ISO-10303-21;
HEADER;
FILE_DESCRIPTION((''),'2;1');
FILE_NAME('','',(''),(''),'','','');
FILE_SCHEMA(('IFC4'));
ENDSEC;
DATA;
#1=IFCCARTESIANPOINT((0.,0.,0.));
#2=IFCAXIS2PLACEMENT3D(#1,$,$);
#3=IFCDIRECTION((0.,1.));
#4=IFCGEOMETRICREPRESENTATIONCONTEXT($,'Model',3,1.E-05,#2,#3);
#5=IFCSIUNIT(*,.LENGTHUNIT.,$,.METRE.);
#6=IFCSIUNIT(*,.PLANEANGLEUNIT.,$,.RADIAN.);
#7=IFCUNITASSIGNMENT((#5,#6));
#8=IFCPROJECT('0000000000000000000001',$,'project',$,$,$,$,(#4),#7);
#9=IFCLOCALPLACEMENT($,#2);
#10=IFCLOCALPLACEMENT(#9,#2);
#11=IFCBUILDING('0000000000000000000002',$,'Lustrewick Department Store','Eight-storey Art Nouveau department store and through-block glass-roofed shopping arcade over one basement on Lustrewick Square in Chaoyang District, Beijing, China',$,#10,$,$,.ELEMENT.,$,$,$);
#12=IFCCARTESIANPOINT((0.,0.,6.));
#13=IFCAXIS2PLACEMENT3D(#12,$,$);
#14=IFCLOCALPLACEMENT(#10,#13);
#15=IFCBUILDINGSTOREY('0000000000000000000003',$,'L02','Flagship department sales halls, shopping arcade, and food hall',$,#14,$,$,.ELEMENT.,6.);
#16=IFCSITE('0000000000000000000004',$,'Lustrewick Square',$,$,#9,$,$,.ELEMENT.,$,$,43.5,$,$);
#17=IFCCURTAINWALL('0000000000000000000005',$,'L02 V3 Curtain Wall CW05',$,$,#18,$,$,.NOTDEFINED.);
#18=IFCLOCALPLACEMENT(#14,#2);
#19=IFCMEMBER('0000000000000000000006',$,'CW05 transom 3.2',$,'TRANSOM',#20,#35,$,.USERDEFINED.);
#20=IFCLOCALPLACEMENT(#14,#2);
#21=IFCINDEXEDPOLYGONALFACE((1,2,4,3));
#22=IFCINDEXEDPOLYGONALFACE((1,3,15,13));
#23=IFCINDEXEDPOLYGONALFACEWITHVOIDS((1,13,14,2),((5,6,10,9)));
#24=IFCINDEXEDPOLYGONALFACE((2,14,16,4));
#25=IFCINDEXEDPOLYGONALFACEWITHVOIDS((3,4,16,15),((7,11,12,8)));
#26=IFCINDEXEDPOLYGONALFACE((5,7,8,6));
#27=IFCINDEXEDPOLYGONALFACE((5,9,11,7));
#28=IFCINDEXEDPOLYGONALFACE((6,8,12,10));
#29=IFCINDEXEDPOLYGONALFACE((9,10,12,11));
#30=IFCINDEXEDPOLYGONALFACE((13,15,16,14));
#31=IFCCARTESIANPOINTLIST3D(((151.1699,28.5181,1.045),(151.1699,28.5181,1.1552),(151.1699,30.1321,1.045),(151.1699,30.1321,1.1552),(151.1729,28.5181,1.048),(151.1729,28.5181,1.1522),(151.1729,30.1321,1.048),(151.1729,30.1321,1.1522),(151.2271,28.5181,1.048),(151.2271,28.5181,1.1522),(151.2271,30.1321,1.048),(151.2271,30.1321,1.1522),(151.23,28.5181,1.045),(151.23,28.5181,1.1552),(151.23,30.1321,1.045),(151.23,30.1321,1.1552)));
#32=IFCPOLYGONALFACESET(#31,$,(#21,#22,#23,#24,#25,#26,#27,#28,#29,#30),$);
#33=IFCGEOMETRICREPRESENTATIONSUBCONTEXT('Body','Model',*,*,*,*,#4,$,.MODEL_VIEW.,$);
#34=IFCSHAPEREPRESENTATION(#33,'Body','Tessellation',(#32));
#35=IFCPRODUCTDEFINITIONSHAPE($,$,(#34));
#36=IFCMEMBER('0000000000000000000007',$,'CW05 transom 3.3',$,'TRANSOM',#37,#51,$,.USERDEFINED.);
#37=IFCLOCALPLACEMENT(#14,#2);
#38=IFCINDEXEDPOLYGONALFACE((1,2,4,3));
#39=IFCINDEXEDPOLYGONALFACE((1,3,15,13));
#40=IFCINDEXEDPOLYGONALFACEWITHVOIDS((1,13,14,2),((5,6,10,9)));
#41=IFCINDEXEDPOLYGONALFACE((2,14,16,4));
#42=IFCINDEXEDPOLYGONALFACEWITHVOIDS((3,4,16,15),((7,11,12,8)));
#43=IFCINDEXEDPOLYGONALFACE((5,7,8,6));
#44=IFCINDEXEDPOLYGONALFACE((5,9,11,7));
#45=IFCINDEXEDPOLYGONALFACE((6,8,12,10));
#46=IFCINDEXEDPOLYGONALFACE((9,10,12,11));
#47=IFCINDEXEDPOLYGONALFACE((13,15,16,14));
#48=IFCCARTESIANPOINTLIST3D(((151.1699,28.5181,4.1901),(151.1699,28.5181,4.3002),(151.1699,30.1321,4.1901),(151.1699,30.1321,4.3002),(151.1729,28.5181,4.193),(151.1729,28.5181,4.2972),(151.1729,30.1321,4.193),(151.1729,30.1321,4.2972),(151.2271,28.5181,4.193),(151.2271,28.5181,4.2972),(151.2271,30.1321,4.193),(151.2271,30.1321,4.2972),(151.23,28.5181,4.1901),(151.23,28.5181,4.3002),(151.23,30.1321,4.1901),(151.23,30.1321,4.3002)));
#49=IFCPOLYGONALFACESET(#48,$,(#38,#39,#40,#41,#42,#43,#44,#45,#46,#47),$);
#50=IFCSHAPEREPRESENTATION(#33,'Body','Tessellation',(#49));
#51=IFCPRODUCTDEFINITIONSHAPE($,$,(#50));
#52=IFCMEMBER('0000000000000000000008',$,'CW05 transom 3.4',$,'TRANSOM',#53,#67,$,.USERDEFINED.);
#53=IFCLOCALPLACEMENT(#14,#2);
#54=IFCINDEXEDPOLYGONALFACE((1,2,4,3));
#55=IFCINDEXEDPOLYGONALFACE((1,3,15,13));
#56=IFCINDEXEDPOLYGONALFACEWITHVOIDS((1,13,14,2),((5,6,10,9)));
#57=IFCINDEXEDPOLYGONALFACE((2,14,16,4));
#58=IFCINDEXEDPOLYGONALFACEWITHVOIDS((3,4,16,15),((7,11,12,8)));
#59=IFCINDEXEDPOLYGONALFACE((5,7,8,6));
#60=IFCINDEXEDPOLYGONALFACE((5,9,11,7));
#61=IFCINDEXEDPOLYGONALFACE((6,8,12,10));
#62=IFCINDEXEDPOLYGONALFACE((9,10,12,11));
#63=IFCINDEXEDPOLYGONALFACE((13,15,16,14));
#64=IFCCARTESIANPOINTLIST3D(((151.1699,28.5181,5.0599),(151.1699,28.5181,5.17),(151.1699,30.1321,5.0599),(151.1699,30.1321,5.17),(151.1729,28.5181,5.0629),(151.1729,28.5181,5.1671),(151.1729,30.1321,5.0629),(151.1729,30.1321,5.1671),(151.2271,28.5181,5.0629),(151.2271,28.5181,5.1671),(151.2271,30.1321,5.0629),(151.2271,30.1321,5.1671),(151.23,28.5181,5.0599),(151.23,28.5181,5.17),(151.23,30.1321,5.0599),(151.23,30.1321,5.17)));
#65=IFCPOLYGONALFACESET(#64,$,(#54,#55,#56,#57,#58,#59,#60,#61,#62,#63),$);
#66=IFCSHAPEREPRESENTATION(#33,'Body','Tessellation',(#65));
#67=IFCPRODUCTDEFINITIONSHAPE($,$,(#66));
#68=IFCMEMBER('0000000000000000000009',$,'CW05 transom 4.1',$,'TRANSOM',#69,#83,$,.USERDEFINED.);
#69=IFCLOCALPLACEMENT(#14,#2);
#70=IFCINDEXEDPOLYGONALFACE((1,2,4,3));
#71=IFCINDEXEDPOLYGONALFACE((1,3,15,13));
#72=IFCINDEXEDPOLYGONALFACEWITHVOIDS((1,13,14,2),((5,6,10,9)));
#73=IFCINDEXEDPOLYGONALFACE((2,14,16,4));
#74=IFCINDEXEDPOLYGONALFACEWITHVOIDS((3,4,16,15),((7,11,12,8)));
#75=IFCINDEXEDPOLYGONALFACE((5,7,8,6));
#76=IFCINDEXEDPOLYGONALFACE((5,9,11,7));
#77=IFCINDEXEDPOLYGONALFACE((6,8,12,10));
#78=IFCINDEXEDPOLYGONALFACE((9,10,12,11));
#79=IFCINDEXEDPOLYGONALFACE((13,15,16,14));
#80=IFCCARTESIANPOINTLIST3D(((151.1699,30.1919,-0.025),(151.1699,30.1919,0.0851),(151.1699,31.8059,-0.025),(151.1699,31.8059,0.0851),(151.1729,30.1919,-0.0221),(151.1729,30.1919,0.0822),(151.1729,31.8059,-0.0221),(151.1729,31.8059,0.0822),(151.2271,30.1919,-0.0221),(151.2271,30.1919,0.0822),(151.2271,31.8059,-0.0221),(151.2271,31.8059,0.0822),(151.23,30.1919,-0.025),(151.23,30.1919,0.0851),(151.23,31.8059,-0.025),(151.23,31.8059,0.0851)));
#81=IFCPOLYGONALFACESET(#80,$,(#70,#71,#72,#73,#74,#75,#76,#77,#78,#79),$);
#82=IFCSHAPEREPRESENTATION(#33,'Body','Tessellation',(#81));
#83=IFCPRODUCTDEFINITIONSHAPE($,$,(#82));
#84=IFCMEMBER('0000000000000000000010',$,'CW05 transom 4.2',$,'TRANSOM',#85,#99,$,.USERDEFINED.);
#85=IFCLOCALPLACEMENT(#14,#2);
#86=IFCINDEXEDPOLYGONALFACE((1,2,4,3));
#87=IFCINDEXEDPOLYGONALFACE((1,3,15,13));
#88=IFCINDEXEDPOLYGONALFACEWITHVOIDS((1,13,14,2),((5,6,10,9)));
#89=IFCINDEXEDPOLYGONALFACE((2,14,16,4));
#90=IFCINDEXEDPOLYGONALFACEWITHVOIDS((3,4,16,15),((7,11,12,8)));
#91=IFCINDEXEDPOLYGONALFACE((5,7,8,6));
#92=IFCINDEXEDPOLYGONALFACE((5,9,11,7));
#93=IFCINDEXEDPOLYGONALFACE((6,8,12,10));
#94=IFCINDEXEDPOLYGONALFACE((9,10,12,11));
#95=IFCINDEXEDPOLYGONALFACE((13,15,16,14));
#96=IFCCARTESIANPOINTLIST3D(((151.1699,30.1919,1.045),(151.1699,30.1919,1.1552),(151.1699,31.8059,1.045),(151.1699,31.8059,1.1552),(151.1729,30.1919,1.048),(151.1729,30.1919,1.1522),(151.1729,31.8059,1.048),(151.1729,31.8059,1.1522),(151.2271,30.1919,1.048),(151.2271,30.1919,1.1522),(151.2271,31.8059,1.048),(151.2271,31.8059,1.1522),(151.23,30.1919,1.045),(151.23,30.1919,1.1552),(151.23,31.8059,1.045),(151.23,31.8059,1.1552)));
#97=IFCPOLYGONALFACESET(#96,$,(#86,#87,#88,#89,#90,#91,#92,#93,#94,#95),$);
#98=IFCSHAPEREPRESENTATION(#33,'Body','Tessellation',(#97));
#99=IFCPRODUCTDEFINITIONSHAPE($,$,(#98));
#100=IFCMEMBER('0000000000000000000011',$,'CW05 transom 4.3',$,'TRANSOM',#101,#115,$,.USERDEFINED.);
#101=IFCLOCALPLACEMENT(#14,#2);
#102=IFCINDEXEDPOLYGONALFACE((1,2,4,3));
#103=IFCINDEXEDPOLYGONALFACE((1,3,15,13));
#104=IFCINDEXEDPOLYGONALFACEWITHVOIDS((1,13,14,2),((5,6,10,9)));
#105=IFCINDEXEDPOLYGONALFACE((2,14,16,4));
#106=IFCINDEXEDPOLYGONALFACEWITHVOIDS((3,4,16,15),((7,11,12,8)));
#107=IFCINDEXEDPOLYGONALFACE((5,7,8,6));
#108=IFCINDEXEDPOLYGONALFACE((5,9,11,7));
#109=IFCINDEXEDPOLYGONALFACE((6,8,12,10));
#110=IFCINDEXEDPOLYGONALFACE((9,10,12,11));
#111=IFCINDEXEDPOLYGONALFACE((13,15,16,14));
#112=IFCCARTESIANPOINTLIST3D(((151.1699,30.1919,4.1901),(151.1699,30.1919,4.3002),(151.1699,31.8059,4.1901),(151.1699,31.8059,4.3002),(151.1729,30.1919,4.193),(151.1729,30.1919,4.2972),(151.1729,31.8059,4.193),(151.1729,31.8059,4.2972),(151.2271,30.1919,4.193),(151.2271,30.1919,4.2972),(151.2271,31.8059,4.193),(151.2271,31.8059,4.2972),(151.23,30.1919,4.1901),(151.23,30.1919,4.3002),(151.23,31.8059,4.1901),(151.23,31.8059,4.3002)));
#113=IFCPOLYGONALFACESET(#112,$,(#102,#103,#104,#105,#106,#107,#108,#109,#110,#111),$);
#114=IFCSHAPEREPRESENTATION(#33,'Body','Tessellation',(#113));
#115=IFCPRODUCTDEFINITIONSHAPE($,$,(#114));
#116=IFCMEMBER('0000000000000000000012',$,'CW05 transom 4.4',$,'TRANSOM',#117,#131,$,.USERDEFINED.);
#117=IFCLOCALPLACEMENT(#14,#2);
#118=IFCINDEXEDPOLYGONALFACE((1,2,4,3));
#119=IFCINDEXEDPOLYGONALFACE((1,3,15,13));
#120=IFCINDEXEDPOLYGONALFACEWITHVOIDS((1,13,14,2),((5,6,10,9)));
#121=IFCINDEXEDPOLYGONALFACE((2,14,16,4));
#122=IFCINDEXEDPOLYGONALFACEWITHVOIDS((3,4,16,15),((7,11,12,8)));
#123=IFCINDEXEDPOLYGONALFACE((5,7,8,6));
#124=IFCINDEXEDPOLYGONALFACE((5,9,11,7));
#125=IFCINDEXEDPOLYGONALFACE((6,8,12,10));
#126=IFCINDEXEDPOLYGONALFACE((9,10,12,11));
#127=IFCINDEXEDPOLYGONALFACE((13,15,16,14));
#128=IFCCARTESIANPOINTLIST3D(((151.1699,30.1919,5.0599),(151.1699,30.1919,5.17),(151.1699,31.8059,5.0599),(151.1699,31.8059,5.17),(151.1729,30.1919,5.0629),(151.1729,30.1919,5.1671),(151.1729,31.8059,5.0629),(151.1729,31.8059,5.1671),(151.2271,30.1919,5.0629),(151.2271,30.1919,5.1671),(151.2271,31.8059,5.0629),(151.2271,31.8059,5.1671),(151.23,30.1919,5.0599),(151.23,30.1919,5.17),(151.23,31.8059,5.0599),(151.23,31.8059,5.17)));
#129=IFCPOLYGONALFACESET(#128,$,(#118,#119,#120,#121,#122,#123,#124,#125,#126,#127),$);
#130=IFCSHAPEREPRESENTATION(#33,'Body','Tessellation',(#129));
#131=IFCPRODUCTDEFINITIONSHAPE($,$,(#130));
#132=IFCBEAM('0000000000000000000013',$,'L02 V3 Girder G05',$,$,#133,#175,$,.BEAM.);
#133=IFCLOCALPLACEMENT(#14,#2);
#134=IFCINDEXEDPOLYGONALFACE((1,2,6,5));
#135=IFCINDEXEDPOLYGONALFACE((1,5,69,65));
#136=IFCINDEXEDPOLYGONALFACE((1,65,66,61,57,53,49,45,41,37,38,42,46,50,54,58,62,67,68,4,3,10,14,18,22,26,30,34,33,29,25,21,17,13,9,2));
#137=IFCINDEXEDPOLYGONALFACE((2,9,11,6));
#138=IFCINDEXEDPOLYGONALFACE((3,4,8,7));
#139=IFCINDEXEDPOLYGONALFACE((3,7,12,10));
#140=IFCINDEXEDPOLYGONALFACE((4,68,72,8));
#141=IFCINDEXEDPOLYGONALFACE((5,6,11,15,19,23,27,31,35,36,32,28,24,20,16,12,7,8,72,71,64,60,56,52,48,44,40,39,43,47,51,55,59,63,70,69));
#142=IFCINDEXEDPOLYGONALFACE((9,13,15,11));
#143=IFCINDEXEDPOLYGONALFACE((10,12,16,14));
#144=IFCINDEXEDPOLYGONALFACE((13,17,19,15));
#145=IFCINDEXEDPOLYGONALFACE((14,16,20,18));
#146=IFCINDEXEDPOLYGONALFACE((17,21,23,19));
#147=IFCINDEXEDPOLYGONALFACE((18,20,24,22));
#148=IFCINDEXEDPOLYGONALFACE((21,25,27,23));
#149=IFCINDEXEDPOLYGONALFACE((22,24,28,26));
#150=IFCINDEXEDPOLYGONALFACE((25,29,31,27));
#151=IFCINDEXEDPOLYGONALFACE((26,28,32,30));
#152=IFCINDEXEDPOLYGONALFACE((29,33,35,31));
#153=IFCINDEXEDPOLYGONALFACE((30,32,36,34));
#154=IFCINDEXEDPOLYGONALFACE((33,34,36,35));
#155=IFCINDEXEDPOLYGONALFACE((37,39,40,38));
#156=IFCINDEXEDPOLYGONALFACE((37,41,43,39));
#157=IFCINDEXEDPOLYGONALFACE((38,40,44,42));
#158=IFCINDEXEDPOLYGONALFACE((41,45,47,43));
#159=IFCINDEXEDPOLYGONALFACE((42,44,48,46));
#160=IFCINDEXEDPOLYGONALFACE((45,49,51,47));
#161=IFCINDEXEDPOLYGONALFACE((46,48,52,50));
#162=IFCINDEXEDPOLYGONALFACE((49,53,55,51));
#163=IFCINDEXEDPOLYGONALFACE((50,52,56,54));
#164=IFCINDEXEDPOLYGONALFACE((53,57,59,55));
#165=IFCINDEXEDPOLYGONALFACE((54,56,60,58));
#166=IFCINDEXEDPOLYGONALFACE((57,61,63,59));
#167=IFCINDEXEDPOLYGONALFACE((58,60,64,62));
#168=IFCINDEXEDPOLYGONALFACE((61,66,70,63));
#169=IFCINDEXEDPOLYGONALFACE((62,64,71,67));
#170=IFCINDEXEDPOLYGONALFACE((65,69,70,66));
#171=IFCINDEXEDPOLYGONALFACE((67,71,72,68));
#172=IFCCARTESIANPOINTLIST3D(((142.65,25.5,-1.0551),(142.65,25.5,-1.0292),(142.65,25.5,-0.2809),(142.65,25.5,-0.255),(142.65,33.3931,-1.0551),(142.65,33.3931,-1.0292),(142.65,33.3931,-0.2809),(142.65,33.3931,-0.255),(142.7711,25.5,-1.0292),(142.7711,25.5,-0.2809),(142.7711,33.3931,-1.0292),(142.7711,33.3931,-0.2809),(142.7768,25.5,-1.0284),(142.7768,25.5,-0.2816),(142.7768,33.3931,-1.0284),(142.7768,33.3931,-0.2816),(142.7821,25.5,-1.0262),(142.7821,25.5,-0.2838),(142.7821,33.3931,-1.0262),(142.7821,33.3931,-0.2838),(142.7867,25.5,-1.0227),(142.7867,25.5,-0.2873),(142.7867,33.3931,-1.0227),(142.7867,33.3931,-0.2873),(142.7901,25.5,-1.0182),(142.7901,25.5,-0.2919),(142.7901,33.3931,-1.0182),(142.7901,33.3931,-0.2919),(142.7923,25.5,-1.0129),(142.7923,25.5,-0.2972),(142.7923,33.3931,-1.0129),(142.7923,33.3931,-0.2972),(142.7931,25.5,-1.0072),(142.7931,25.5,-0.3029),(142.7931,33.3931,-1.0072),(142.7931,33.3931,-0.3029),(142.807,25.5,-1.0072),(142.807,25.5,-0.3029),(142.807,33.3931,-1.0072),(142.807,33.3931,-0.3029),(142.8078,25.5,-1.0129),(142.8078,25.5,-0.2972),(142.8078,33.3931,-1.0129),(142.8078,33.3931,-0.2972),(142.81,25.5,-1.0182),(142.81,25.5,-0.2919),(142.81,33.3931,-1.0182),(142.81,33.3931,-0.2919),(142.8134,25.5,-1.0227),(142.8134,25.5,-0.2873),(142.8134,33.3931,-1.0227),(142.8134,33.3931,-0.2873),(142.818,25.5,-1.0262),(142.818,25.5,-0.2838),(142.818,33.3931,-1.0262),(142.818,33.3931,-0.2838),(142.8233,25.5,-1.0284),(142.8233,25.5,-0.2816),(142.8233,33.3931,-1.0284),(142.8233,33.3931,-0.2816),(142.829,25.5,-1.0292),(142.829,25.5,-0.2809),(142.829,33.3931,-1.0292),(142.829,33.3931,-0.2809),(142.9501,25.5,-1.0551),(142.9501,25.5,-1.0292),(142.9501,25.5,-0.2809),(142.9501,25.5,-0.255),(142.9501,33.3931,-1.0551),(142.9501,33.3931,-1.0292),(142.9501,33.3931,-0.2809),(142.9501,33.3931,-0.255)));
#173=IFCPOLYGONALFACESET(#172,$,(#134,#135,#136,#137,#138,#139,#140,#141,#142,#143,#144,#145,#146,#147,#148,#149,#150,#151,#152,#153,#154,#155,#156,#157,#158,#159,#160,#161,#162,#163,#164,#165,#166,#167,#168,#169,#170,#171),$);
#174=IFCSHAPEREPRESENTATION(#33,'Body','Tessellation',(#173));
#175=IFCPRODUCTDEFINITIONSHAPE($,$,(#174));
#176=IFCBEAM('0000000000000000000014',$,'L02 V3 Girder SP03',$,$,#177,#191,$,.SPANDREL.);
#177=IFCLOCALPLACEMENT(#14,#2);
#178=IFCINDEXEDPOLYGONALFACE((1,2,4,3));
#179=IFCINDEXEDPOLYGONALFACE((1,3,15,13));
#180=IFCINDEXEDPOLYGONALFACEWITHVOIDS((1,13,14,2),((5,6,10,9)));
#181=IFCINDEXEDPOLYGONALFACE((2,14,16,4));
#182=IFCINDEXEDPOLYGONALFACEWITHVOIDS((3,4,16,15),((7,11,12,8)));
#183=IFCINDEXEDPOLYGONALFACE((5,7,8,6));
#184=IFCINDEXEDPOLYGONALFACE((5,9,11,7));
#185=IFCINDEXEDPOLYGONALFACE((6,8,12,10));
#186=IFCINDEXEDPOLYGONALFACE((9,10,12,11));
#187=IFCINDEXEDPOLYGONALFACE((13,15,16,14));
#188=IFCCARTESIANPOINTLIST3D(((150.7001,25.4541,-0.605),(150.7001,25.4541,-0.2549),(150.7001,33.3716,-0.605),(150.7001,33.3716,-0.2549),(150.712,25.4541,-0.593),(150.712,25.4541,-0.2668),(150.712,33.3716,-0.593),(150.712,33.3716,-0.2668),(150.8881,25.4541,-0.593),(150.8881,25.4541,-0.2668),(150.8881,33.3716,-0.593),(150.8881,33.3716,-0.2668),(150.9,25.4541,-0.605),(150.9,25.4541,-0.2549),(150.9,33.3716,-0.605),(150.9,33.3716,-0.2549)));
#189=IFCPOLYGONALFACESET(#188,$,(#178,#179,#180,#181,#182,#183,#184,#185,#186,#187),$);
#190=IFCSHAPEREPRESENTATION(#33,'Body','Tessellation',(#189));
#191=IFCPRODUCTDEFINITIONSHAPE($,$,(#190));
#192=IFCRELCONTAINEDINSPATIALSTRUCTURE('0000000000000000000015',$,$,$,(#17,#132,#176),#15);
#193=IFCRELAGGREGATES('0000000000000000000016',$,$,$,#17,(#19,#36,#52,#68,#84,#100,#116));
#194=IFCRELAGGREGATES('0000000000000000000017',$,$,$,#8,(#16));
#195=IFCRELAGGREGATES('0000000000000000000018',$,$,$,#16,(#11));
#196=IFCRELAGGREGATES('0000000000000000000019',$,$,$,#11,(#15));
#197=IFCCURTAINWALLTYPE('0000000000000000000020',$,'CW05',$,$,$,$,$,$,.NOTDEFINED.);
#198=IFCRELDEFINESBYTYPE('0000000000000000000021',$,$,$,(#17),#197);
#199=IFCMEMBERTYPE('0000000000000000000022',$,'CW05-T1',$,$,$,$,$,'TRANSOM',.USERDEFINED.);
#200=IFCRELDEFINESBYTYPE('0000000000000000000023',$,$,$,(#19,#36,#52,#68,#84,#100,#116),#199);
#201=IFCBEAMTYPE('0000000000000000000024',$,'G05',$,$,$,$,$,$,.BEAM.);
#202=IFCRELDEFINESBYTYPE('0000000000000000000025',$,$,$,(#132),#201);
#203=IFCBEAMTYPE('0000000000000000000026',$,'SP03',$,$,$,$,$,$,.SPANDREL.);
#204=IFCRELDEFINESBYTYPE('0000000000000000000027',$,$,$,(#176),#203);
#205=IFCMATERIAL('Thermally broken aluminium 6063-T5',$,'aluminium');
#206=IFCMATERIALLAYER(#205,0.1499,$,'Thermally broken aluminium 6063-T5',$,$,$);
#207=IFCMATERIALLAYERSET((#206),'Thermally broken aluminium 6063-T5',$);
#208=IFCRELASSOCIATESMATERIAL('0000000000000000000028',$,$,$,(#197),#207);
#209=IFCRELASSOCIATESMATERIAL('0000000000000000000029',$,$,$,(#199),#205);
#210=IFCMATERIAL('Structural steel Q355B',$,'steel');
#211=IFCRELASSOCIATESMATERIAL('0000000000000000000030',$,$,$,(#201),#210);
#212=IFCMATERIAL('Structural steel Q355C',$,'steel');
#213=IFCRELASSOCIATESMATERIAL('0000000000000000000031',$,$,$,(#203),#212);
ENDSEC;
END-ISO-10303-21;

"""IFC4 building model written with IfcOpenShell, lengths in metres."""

from ifc_helpers import new_model, si_unit, direction, frame, origin, origin_2d, place, context, subcontext, project, spatial, hollow_rectangle, i_section, extrude, material, layer, layer_set, material_profile, profile_set, type_object, element, aggregate, save


model = new_model("IFC4")

# Units and contexts
model_context = context("Model", 3, precision=1e-05, world=origin(), true_north=direction((0.0, 1.0)))
body_context = subcontext(model_context, "Body", "Model", "MODEL_VIEW")
ifc_project = project(units=[si_unit("LENGTHUNIT", "METRE"), si_unit("PLANEANGLEUNIT", "RADIAN")], contexts=[model_context])

# Site, building, storey
site_placement = place(None, origin())
site = spatial("IfcSite", under=ifc_project, at=site_placement, Name="Lustrewick Square", CompositionType="ELEMENT", RefElevation=43.5)
building_placement = place(site_placement, origin())
building = spatial("IfcBuilding", under=site, at=building_placement, Name="Lustrewick Department Store", Description="Eight-storey Art Nouveau department store and through-block glass-roofed shopping arcade over one basement on Lustrewick Square in Chaoyang District, Beijing, China", CompositionType="ELEMENT")
storey_placement = place(building_placement, frame((0.0, 0.0, 6.0)))
storey = spatial("IfcBuildingStorey", under=building, at=storey_placement, Name="L02", Description="Flagship department sales halls, shopping arcade, and food hall", CompositionType="ELEMENT", Elevation=6.0)

# Shared definitions
ifc_material_1 = material(Name="Structural steel Q355B", Category="steel")

# Curtain wall, members
ifc_material_2 = material(Name="Thermally broken aluminium 6063-T5", Category="aluminium")
ifc_layer_1 = layer(ifc_material_2, 0.1499, Name="Thermally broken aluminium 6063-T5")
ifc_layer_set_1 = layer_set([ifc_layer_1], Name="Thermally broken aluminium 6063-T5")
curtain_wall_type = type_object("IfcCurtainWallType", Name="CW05", PredefinedType="NOTDEFINED", material=ifc_layer_set_1)
curtain_wall_placement = place(storey_placement, origin())
curtain_wall = element("IfcCurtainWall", 1, at=curtain_wall_placement, inside=storey, type_object=curtain_wall_type, Name="L02 V3 Curtain Wall CW05", PredefinedType="NOTDEFINED")
ifc_material_profile_1 = material_profile(ifc_material_2, hollow_rectangle(XDim=0.0601, YDim=0.1101, WallThickness=0.0029, at=origin_2d()), Name="ALU-T 60x110x3")
ifc_profile_set_1 = profile_set([ifc_material_profile_1], Name="Thermally broken aluminium 6063-T5")
member_type_1 = type_object("IfcMemberType", Name="CW05-T1", ElementType="TRANSOM", PredefinedType="USERDEFINED", material=ifc_profile_set_1)
member_1_placement = place(storey_placement, frame((151.2, 28.5181, 1.1001), z_axis=(0.0, 1.0, 0.0), x_axis=(-1.0, 0.0, 0.0)))
member_1 = element("IfcMember", 2, at=member_1_placement, type_object=member_type_1, Name="CW05 transom 3.2", ObjectType="TRANSOM", PredefinedType="USERDEFINED", context=body_context, shape_type="SweptSolid", body=[
    extrude(hollow_rectangle(XDim=0.0601, YDim=0.1101, WallThickness=0.0029, at=origin_2d()), origin(), (0.0, 0.0, 1.0), 1.614),
])
member_2_placement = place(storey_placement, frame((151.2, 28.5181, 4.2451), z_axis=(0.0, 1.0, 0.0), x_axis=(-1.0, 0.0, 0.0)))
member_2 = element("IfcMember", 3, at=member_2_placement, type_object=member_type_1, Name="CW05 transom 3.3", ObjectType="TRANSOM", PredefinedType="USERDEFINED", context=body_context, shape_type="SweptSolid", body=[
    extrude(hollow_rectangle(XDim=0.0601, YDim=0.1101, WallThickness=0.0029, at=origin_2d()), origin(), (0.0, 0.0, 1.0), 1.614),
])
member_3_placement = place(storey_placement, frame((151.2, 28.5181, 5.115), z_axis=(0.0, 1.0, 0.0), x_axis=(-1.0, 0.0, 0.0)))
member_3 = element("IfcMember", 4, at=member_3_placement, type_object=member_type_1, Name="CW05 transom 3.4", ObjectType="TRANSOM", PredefinedType="USERDEFINED", context=body_context, shape_type="SweptSolid", body=[
    extrude(hollow_rectangle(XDim=0.0601, YDim=0.1101, WallThickness=0.0029, at=origin_2d()), origin(), (0.0, 0.0, 1.0), 1.614),
])
member_4_placement = place(storey_placement, frame((151.2, 30.1919, 0.03), z_axis=(0.0, 1.0, 0.0), x_axis=(-1.0, 0.0, 0.0)))
member_4 = element("IfcMember", 5, at=member_4_placement, type_object=member_type_1, Name="CW05 transom 4.1", ObjectType="TRANSOM", PredefinedType="USERDEFINED", context=body_context, shape_type="SweptSolid", body=[
    extrude(hollow_rectangle(XDim=0.0601, YDim=0.1101, WallThickness=0.0029, at=origin_2d()), origin(), (0.0, 0.0, 1.0), 1.614),
])
member_5_placement = place(storey_placement, frame((151.2, 30.1919, 1.1001), z_axis=(0.0, 1.0, 0.0), x_axis=(-1.0, 0.0, 0.0)))
member_5 = element("IfcMember", 6, at=member_5_placement, type_object=member_type_1, Name="CW05 transom 4.2", ObjectType="TRANSOM", PredefinedType="USERDEFINED", context=body_context, shape_type="SweptSolid", body=[
    extrude(hollow_rectangle(XDim=0.0601, YDim=0.1101, WallThickness=0.0029, at=origin_2d()), origin(), (0.0, 0.0, 1.0), 1.614),
])
member_6_placement = place(storey_placement, frame((151.2, 30.1919, 4.2451), z_axis=(0.0, 1.0, 0.0), x_axis=(-1.0, 0.0, 0.0)))
member_6 = element("IfcMember", 7, at=member_6_placement, type_object=member_type_1, Name="CW05 transom 4.3", ObjectType="TRANSOM", PredefinedType="USERDEFINED", context=body_context, shape_type="SweptSolid", body=[
    extrude(hollow_rectangle(XDim=0.0601, YDim=0.1101, WallThickness=0.0029, at=origin_2d()), origin(), (0.0, 0.0, 1.0), 1.614),
])
member_7_placement = place(storey_placement, frame((151.2, 30.1919, 5.115), z_axis=(0.0, 1.0, 0.0), x_axis=(-1.0, 0.0, 0.0)))
member_7 = element("IfcMember", 8, at=member_7_placement, type_object=member_type_1, Name="CW05 transom 4.4", ObjectType="TRANSOM", PredefinedType="USERDEFINED", context=body_context, shape_type="SweptSolid", body=[
    extrude(hollow_rectangle(XDim=0.0601, YDim=0.1101, WallThickness=0.0029, at=origin_2d()), origin(), (0.0, 0.0, 1.0), 1.614),
])

# Beams
ifc_material_profile_2 = material_profile(ifc_material_1, i_section(OverallWidth=0.3, OverallDepth=0.8, WebThickness=0.0139, FlangeThickness=0.0259, FilletRadius=0.022, at=origin_2d()), Name="HN 800x300x14x26")
ifc_profile_set_2 = profile_set([ifc_material_profile_2], Name="Structural steel Q355B")
beam_type_1 = type_object("IfcBeamType", Name="G05", PredefinedType="BEAM", material=ifc_profile_set_2)
beam_1_placement = place(storey_placement, frame((142.8, 25.5, -0.655), z_axis=(0.0, 1.0, 0.0), x_axis=(-1.0, 0.0, 0.0)))
element("IfcBeam", 9, at=beam_1_placement, inside=storey, type_object=beam_type_1, Name="L02 V3 Girder G05", PredefinedType="BEAM", context=body_context, shape_type="SweptSolid", body=[
    extrude(i_section(OverallWidth=0.3, OverallDepth=0.8, WebThickness=0.0139, FlangeThickness=0.0259, FilletRadius=0.022, at=origin_2d()), origin(), (0.0, 0.0, 1.0), 7.8931),
])
ifc_material_3 = material(Name="Structural steel Q355C", Category="steel")
ifc_material_profile_3 = material_profile(ifc_material_3, hollow_rectangle(XDim=0.2, YDim=0.3501, WallThickness=0.012, at=origin_2d()), Name="RHS 350x200x12")
ifc_profile_set_3 = profile_set([ifc_material_profile_3], Name="Structural steel Q355C")
beam_type_2 = type_object("IfcBeamType", Name="SP03", PredefinedType="SPANDREL", material=ifc_profile_set_3)
beam_2_placement = place(storey_placement, frame((150.8, 25.4541, -0.4299), z_axis=(0.0, 1.0, 0.0), x_axis=(-1.0, 0.0, 0.0)))
element("IfcBeam", 10, at=beam_2_placement, inside=storey, type_object=beam_type_2, Name="L02 V3 Girder SP03", PredefinedType="SPANDREL", context=body_context, shape_type="SweptSolid", body=[
    extrude(hollow_rectangle(XDim=0.2, YDim=0.3501, WallThickness=0.012, at=origin_2d()), origin(), (0.0, 0.0, 1.0), 7.9175),
])

aggregate(curtain_wall, [member_1, member_2, member_3, member_4, member_5, member_6, member_7])

save(model, "model.ifc")
